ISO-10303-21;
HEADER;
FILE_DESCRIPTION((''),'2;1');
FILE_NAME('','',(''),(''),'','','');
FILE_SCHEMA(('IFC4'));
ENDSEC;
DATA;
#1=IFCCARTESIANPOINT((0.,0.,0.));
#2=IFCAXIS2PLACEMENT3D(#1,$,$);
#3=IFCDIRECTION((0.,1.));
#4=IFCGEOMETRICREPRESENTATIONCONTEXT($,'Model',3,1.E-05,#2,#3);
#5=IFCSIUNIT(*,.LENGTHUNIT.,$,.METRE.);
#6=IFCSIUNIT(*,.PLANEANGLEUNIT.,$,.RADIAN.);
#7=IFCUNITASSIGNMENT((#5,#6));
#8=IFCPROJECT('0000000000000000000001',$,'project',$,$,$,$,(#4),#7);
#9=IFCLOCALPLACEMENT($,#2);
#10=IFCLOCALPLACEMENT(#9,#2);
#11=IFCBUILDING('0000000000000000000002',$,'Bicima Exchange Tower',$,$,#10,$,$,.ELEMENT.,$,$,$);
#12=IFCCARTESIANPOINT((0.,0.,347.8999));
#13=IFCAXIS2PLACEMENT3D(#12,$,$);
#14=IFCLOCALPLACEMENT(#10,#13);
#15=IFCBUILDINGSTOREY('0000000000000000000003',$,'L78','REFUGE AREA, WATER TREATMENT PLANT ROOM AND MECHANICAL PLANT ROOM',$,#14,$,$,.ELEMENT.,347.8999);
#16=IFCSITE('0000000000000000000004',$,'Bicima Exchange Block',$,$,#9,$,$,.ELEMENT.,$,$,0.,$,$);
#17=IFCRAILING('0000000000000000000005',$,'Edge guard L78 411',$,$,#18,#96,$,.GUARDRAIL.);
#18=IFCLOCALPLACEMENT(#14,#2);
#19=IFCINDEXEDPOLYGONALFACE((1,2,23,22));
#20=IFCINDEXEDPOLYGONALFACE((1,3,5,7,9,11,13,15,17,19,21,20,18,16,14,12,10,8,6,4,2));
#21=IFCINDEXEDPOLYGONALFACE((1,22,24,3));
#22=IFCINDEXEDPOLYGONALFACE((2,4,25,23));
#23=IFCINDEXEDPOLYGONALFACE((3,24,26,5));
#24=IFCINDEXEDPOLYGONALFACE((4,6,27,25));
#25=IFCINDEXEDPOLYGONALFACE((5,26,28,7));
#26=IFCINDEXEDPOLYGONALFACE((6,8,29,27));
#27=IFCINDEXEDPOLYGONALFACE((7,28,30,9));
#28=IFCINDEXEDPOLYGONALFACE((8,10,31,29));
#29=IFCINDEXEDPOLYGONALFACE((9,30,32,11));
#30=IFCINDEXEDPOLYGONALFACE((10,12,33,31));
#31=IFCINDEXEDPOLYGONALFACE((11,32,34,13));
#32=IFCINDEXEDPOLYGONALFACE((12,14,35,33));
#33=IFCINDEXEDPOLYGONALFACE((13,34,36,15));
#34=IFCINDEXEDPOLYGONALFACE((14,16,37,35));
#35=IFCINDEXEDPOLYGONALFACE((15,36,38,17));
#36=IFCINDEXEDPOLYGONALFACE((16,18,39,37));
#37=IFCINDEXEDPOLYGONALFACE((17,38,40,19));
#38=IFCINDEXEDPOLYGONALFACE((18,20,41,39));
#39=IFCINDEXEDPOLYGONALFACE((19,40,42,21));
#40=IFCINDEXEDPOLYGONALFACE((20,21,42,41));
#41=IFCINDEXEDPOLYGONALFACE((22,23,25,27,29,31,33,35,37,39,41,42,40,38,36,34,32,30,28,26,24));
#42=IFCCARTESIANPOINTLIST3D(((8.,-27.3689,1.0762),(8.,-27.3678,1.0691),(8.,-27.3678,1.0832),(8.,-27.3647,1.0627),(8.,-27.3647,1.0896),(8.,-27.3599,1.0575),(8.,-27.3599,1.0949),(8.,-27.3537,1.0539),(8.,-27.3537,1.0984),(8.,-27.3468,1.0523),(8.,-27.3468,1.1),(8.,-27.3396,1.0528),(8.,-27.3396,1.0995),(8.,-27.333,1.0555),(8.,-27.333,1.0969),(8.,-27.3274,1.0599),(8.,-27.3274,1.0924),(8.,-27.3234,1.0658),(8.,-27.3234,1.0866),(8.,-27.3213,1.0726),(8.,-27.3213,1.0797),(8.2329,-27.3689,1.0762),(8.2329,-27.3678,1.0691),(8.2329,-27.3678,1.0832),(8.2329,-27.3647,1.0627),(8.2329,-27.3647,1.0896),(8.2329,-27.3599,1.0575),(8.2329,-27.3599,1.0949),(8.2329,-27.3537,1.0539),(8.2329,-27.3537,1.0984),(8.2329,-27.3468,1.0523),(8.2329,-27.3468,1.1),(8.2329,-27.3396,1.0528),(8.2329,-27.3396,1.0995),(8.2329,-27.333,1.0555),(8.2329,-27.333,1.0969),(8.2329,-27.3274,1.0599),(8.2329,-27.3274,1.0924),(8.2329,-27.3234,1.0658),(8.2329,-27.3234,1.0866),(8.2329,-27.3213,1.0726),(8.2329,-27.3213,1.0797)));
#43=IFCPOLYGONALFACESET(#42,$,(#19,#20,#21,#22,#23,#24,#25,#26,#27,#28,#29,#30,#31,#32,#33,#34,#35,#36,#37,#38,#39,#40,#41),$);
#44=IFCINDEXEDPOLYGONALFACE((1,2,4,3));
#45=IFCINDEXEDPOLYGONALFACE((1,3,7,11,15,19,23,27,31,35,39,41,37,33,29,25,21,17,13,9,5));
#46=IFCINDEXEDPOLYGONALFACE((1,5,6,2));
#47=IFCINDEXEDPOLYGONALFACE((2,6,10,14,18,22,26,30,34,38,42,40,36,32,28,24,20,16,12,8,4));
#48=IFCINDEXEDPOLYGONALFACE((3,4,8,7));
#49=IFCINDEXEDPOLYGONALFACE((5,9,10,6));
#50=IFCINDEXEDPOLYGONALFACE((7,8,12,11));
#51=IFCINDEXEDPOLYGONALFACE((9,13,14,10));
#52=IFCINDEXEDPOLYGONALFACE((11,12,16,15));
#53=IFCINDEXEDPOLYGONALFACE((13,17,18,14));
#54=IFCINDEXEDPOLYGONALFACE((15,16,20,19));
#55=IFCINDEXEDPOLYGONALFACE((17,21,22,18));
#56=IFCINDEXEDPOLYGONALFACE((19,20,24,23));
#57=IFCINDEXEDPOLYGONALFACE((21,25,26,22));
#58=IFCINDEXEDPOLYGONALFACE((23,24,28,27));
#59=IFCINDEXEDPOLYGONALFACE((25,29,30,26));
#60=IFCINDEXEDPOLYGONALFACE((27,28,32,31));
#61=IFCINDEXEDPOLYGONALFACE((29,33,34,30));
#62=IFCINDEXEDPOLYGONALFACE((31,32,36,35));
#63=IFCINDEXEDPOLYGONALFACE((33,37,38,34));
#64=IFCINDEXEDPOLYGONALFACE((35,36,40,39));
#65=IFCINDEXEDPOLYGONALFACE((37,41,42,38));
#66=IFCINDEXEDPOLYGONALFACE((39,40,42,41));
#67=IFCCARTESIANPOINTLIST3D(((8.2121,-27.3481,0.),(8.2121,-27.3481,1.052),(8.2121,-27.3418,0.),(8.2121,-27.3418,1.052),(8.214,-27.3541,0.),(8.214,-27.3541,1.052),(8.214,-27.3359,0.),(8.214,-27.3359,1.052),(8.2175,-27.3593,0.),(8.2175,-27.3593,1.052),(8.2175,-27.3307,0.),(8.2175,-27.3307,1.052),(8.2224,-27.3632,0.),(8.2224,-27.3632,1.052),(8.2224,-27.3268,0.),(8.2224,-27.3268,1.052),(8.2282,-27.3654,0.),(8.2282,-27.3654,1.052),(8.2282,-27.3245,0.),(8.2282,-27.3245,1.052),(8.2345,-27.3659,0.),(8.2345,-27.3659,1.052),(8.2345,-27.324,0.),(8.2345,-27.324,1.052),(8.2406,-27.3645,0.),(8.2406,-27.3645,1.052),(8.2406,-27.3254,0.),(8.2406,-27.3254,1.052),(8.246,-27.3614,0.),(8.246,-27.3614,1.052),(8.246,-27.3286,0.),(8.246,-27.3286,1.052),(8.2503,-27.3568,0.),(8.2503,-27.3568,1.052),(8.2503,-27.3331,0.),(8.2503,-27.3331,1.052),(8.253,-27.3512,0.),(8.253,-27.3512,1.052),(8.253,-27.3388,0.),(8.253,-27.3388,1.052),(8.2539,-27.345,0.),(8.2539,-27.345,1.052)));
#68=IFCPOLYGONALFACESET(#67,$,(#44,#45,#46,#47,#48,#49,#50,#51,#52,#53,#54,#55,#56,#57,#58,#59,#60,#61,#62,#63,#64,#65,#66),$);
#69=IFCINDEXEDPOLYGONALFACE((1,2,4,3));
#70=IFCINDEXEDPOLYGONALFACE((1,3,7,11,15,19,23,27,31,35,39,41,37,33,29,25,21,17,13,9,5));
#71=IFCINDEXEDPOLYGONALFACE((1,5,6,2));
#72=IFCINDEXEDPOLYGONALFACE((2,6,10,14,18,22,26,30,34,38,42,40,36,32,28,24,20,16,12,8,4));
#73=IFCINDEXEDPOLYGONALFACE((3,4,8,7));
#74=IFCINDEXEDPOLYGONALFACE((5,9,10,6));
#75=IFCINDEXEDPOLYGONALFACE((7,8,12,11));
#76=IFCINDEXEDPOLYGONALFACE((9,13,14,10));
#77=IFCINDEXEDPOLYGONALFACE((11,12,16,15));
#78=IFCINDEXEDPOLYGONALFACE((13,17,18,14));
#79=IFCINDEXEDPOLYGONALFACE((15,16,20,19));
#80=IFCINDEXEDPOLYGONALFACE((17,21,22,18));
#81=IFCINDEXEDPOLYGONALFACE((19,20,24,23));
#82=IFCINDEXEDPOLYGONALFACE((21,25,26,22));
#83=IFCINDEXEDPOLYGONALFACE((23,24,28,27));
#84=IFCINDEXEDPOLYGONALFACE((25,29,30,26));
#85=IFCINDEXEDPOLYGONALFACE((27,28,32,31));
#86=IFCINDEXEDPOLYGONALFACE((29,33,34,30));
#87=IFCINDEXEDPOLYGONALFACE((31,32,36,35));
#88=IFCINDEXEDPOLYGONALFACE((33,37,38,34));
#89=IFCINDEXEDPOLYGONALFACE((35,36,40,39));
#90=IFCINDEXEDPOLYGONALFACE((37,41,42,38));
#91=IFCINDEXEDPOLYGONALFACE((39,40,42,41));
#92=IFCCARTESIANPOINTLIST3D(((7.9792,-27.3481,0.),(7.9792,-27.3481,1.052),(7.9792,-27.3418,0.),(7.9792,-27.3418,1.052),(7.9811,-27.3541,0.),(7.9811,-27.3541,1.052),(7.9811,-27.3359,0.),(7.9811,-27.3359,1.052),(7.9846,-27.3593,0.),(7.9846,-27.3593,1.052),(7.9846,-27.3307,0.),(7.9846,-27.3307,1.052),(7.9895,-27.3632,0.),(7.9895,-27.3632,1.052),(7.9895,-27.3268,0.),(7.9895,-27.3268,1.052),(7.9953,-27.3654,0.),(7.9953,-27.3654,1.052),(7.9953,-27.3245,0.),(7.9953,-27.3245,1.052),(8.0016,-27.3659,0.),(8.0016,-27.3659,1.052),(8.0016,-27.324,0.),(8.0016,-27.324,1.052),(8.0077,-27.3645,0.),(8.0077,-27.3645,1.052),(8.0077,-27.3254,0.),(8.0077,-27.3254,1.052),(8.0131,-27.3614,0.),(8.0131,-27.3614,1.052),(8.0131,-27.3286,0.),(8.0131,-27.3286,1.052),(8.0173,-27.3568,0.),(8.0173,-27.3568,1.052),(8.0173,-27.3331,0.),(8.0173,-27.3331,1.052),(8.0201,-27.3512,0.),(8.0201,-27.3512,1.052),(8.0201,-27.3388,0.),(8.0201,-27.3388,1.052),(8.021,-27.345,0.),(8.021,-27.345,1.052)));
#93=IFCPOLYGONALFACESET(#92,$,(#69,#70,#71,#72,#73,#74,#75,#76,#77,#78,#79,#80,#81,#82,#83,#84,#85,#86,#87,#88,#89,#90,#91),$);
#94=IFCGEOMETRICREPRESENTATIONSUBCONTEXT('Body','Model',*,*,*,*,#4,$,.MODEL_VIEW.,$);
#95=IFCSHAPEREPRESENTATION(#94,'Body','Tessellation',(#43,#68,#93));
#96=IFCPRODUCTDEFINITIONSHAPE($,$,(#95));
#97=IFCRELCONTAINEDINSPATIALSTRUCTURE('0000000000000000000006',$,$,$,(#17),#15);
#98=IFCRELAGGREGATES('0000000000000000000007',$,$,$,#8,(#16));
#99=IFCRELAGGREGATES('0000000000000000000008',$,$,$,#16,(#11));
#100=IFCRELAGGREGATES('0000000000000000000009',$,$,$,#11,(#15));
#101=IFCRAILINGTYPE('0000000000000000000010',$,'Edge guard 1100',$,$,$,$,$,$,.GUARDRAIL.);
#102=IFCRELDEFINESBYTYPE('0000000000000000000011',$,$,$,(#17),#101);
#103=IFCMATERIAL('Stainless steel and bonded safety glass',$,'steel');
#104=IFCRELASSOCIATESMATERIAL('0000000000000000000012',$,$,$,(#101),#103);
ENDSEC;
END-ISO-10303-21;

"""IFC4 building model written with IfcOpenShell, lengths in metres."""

from ifc_helpers import new_model, si_unit, direction, frame, origin, origin_2d, place, context, subcontext, project, spatial, circle, extrude, material, type_object, element, save


model = new_model("IFC4")

# Units and contexts
model_context = context("Model", 3, precision=1e-05, world=origin(), true_north=direction((0.0, 1.0)))
body_context = subcontext(model_context, "Body", "Model", "MODEL_VIEW")
ifc_project = project(units=[si_unit("LENGTHUNIT", "METRE"), si_unit("PLANEANGLEUNIT", "RADIAN")], contexts=[model_context])

# Site, building, storey
site_placement = place(None, origin())
site = spatial("IfcSite", under=ifc_project, at=site_placement, Name="Bicima Exchange Block", CompositionType="ELEMENT", RefElevation=0.0)
building_placement = place(site_placement, origin())
building = spatial("IfcBuilding", under=site, at=building_placement, Name="Bicima Exchange Tower", CompositionType="ELEMENT")
storey_placement = place(building_placement, frame((0.0, 0.0, 347.8999)))
storey = spatial("IfcBuildingStorey", under=building, at=storey_placement, Name="L78", Description="REFUGE AREA, WATER TREATMENT PLANT ROOM AND MECHANICAL PLANT ROOM", CompositionType="ELEMENT", Elevation=347.8999)

# Railing
ifc_material_1 = material(Name="Stainless steel and bonded safety glass", Category="steel")
railing_type = type_object("IfcRailingType", Name="Edge guard 1100", PredefinedType="GUARDRAIL", material=ifc_material_1)
railing_placement = place(storey_placement, frame((8.2329, -27.345, 0.0)))
element("IfcRailing", 1, at=railing_placement, inside=storey, type_object=railing_type, Name="Edge guard L78 411", PredefinedType="GUARDRAIL", context=body_context, shape_type="SweptSolid", body=[
    extrude(circle(Radius=0.0239, at=origin_2d()), frame((0.0, 0.0, 1.0762), z_axis=(-1.0, 0.0, 0.0), x_axis=(0.0, -1.0, 0.0)), (0.0, 0.0, 1.0), 0.2329),
    extrude(circle(Radius=0.021, at=origin_2d()), origin(), (0.0, 0.0, 1.0), 1.052),
    extrude(circle(Radius=0.021, at=origin_2d()), frame((-0.2329, 0.0, 0.0)), (0.0, 0.0, 1.0), 1.052),
])

save(model, "model.ifc")
